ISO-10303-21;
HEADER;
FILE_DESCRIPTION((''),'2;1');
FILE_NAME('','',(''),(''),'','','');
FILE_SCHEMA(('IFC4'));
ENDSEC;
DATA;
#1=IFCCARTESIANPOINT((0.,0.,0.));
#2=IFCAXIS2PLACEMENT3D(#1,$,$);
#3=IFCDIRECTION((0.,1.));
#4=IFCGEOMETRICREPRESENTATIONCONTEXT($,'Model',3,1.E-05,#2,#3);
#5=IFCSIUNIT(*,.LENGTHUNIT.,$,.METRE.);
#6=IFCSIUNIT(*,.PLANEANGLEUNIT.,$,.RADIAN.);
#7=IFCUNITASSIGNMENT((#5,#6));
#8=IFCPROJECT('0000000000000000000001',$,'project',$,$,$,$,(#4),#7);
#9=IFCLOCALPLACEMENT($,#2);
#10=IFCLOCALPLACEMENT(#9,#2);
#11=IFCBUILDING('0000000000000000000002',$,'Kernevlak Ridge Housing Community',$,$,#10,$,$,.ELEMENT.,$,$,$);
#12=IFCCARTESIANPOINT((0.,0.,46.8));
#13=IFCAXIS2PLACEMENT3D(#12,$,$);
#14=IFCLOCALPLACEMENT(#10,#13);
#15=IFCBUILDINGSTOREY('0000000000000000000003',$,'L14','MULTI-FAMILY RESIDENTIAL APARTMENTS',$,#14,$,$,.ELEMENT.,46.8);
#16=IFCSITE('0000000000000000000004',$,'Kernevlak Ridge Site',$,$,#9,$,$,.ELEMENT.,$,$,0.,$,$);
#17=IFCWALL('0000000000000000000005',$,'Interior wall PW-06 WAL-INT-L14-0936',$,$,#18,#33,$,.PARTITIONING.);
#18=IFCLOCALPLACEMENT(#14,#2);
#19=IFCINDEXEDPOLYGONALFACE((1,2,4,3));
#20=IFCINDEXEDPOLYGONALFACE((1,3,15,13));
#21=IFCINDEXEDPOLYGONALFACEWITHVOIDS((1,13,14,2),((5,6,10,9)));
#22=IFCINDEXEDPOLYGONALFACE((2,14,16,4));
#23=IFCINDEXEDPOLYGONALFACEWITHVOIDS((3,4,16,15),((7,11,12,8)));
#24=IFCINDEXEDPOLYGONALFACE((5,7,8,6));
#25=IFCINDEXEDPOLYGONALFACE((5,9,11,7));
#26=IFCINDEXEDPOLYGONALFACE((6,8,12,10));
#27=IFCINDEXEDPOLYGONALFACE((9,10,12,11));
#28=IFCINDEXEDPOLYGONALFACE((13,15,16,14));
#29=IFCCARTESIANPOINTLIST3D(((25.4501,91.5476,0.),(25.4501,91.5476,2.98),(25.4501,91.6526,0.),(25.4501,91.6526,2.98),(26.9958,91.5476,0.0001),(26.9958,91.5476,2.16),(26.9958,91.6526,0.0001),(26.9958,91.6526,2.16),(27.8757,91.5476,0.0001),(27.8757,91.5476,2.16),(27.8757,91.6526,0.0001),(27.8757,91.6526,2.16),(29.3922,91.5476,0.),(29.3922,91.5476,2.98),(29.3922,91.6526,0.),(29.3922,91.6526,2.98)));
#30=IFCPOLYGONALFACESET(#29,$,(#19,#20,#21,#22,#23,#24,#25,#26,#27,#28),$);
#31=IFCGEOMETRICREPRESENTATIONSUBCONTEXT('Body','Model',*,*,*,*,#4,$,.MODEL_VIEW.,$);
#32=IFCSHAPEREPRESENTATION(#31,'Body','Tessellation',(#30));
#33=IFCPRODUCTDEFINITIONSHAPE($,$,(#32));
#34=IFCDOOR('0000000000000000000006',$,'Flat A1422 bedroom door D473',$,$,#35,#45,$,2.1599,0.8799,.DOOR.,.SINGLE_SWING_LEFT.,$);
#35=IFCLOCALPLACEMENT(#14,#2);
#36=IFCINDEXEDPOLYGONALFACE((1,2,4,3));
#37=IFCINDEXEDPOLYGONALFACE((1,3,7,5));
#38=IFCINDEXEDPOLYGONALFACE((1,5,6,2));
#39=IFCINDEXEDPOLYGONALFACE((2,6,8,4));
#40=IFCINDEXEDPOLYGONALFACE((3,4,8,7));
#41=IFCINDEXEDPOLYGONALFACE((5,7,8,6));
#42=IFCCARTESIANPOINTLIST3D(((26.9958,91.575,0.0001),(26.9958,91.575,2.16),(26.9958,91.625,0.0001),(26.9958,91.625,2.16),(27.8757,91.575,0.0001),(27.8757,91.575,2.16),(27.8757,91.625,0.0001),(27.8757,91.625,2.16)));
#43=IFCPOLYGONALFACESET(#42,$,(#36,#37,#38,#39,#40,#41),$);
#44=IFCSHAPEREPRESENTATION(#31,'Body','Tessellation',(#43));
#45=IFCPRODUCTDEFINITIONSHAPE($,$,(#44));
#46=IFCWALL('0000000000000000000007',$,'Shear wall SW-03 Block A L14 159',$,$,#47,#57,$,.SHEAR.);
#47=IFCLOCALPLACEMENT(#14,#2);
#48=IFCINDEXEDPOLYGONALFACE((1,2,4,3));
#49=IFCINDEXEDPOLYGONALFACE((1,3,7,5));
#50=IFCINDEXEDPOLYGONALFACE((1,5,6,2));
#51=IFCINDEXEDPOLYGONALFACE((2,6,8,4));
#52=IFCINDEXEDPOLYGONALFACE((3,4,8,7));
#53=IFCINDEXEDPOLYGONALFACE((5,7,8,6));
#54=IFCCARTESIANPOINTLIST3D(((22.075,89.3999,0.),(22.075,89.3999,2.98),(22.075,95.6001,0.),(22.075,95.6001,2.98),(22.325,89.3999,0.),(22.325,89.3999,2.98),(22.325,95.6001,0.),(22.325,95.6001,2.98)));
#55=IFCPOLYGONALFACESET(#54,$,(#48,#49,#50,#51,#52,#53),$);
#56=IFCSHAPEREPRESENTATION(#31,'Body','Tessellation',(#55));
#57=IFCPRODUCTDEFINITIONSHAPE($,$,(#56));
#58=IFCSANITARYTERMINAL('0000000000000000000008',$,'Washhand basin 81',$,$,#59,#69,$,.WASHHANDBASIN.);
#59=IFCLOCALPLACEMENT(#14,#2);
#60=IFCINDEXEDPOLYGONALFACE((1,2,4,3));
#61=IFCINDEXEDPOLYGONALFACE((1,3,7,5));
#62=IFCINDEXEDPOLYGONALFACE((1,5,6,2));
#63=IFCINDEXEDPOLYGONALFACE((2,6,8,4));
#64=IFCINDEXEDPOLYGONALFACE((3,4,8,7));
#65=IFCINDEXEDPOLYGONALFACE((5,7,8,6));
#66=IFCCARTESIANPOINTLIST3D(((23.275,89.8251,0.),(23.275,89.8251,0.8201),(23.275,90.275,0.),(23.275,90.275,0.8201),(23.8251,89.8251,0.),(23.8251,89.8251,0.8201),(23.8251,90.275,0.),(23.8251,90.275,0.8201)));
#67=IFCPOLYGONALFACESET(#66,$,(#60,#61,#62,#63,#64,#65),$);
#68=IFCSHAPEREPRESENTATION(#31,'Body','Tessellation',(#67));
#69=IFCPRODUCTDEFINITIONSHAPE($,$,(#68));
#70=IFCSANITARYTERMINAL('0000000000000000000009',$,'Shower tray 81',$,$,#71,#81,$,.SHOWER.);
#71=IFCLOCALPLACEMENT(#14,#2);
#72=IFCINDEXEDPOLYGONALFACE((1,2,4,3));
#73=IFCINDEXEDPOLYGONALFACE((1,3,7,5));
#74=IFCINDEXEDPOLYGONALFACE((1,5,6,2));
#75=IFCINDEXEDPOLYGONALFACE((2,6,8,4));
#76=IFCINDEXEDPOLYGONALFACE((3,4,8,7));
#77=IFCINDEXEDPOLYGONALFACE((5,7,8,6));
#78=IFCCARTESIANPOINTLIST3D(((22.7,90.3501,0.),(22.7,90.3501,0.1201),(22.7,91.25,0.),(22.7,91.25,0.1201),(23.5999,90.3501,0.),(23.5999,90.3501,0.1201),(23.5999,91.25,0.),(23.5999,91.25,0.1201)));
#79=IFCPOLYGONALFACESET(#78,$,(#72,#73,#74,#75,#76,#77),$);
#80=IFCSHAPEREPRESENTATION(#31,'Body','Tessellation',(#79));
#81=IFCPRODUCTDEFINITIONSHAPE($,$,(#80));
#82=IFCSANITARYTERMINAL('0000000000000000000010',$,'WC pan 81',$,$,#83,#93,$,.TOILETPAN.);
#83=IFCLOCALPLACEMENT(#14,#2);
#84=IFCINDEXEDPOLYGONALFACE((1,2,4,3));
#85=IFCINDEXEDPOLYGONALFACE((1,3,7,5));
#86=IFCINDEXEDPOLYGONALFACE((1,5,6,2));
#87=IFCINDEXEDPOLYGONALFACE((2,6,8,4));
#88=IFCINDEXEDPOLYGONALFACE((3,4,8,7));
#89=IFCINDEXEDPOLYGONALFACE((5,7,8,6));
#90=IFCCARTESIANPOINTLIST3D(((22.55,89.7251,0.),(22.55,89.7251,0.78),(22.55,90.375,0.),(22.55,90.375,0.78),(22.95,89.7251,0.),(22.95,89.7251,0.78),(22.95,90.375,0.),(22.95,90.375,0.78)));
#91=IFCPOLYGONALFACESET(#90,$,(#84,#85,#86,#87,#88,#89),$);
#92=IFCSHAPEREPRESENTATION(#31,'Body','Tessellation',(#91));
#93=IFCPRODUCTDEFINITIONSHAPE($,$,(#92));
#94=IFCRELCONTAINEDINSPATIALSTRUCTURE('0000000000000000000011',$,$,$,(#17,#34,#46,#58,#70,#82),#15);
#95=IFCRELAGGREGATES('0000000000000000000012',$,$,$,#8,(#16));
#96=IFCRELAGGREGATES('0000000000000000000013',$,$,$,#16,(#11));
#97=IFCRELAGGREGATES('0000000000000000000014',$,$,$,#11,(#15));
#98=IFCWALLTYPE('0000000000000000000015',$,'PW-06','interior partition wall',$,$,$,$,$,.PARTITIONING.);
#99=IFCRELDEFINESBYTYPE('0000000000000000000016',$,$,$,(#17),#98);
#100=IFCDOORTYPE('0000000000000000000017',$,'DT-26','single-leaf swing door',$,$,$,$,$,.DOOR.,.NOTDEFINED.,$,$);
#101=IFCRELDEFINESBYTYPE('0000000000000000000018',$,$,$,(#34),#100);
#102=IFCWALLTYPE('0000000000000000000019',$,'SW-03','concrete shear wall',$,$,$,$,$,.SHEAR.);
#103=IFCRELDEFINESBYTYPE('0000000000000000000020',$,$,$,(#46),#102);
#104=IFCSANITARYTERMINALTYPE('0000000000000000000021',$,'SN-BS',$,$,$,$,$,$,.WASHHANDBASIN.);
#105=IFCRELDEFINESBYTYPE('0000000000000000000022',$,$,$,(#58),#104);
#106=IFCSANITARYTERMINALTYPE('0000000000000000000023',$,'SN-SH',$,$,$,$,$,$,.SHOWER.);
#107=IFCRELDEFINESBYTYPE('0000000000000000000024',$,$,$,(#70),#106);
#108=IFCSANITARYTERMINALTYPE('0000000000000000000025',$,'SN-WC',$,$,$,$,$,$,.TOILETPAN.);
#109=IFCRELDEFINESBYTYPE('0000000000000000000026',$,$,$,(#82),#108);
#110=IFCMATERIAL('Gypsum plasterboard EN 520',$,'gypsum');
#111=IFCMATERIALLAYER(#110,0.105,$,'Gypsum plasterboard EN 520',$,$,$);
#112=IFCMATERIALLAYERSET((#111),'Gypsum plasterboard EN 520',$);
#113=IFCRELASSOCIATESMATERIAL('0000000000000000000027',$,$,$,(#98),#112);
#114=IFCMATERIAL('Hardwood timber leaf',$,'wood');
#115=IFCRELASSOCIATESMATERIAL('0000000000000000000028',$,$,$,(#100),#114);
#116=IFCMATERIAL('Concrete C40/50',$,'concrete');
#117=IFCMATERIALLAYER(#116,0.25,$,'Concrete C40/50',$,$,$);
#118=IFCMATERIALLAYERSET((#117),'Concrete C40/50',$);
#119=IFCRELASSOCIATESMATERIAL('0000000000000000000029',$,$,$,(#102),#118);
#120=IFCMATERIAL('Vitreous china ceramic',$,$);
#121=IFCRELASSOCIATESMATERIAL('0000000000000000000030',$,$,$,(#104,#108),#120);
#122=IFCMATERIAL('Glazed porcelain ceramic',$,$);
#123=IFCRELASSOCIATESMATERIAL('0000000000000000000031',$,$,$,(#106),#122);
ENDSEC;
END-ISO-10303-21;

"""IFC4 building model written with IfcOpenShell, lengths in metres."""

from ifc_helpers import new_model, si_unit, direction, frame, frame_2d, origin, origin_2d, place, context, subcontext, project, spatial, rectangle, extrude, material, layer, layer_set, type_object, element, fill, save


model = new_model("IFC4")

# Units and contexts
model_context = context("Model", 3, precision=1e-05, world=origin(), true_north=direction((0.0, 1.0)))
body_context = subcontext(model_context, "Body", "Model", "MODEL_VIEW")
ifc_project = project(units=[si_unit("LENGTHUNIT", "METRE"), si_unit("PLANEANGLEUNIT", "RADIAN")], contexts=[model_context])

# Site, building, storey
site_placement = place(None, origin())
site = spatial("IfcSite", under=ifc_project, at=site_placement, Name="Kernevlak Ridge Site", CompositionType="ELEMENT", RefElevation=0.0)
building_placement = place(site_placement, origin())
building = spatial("IfcBuilding", under=site, at=building_placement, Name="Kernevlak Ridge Housing Community", CompositionType="ELEMENT")
storey_placement = place(building_placement, frame((0.0, 0.0, 46.8)))
storey = spatial("IfcBuildingStorey", under=building, at=storey_placement, Name="L14", Description="MULTI-FAMILY RESIDENTIAL APARTMENTS", CompositionType="ELEMENT", Elevation=46.8)

# Shared definitions
ifc_material_1 = material(Name="Hardwood timber leaf", Category="wood")

# Shared definitions
ifc_material_2 = material(Name="Gypsum plasterboard EN 520", Category="gypsum")

# Wall, opening, door
ifc_layer_1 = layer(ifc_material_2, 0.105, Name="Gypsum plasterboard EN 520")
ifc_layer_set_1 = layer_set([ifc_layer_1], Name="Gypsum plasterboard EN 520")
wall_type_1 = type_object("IfcWallType", Name="PW-06", Description="interior partition wall", PredefinedType="PARTITIONING", material=ifc_layer_set_1)
wall_1_placement = place(storey_placement, frame((25.45, 91.6001, 0.0), z_axis=(0.0, 0.0, 1.0), x_axis=(1.0, 0.0, 0.0)))
wall_1 = element("IfcWall", 1, at=wall_1_placement, inside=storey, type_object=wall_type_1, Name="Interior wall PW-06 WAL-INT-L14-0936", PredefinedType="PARTITIONING", context=body_context, shape_type="SweptSolid", body=[
    extrude(rectangle(XDim=3.9421, YDim=0.105, at=frame_2d((1.9712, 0.0))), origin(), (0.0, 0.0, 1.0), 2.98),
])
opening_1_placement = place(wall_1_placement, frame((1.5459, 0.0, 0.0)))
opening_1 = element("IfcOpeningElement", 2, at=opening_1_placement, cuts=wall_1, PredefinedType="OPENING", context=body_context, shape_type="SweptSolid", body=[
    extrude(rectangle(XDim=0.8799, YDim=2.1599, at=frame_2d((0.4399, 1.0801))), frame((0.0, 0.0625, 0.0), z_axis=(0.0, -1.0, 0.0), x_axis=(1.0, 0.0, 0.0)), (0.0, 0.0, 1.0), 0.125),
])
door_type_1 = type_object("IfcDoorType", Name="DT-26", Description="single-leaf swing door", OperationType="NOTDEFINED", PredefinedType="DOOR", material=ifc_material_1)
door_1_placement = place(opening_1_placement, origin())
door_1 = element("IfcDoor", 3, at=door_1_placement, inside=storey, type_object=door_type_1, Name="Flat A1422 bedroom door D473", OperationType="SINGLE_SWING_LEFT", OverallHeight=2.1599, OverallWidth=0.8799, PredefinedType="DOOR", context=body_context, shape_type="SweptSolid", body=[
    extrude(rectangle(XDim=0.8799, YDim=2.1599, at=frame_2d((0.4399, 1.0801))), frame((0.0, 0.0249, 0.0), z_axis=(0.0, -1.0, 0.0), x_axis=(1.0, 0.0, 0.0)), (0.0, 0.0, 1.0), 0.05),
])
fill(opening_1, door_1)

# Wall
ifc_material_3 = material(Name="Concrete C40/50", Category="concrete")
ifc_layer_2 = layer(ifc_material_3, 0.25, Name="Concrete C40/50")
ifc_layer_set_2 = layer_set([ifc_layer_2], Name="Concrete C40/50")
wall_type_2 = type_object("IfcWallType", Name="SW-03", Description="concrete shear wall", PredefinedType="SHEAR", material=ifc_layer_set_2)
wall_2_placement = place(storey_placement, frame((22.2, 89.3999, 0.0), z_axis=(0.0, 0.0, 1.0), x_axis=(0.0, 1.0, 0.0)))
element("IfcWall", 4, at=wall_2_placement, inside=storey, type_object=wall_type_2, Name="Shear wall SW-03 Block A L14 159", PredefinedType="SHEAR", context=body_context, shape_type="SweptSolid", body=[
    extrude(rectangle(XDim=6.2002, YDim=0.25, at=frame_2d((3.1001, 0.0))), origin(), (0.0, 0.0, 1.0), 2.98),
])

# Sanitary terminals
ifc_material_4 = material(Name="Vitreous china ceramic")
sanitary_terminal_type_1 = type_object("IfcSanitaryTerminalType", Name="SN-BS", PredefinedType="WASHHANDBASIN", material=ifc_material_4)
sanitary_terminal_1_placement = place(storey_placement, frame((23.55, 90.05, 0.0), z_axis=(0.0, 0.0, 1.0), x_axis=(1.0, 0.0, 0.0)))
element("IfcSanitaryTerminal", 5, at=sanitary_terminal_1_placement, inside=storey, type_object=sanitary_terminal_type_1, Name="Washhand basin 81", PredefinedType="WASHHANDBASIN", context=body_context, shape_type="SweptSolid", body=[
    extrude(rectangle(XDim=0.55, YDim=0.45, at=origin_2d()), origin(), (0.0, 0.0, 1.0), 0.8201),
])
ifc_material_5 = material(Name="Glazed porcelain ceramic")
sanitary_terminal_type_2 = type_object("IfcSanitaryTerminalType", Name="SN-SH", PredefinedType="SHOWER", material=ifc_material_5)
sanitary_terminal_2_placement = place(storey_placement, frame((23.1499, 90.8, 0.0), z_axis=(0.0, 0.0, 1.0), x_axis=(1.0, 0.0, 0.0)))
element("IfcSanitaryTerminal", 6, at=sanitary_terminal_2_placement, inside=storey, type_object=sanitary_terminal_type_2, Name="Shower tray 81", PredefinedType="SHOWER", context=body_context, shape_type="SweptSolid", body=[
    extrude(rectangle(XDim=0.8999, YDim=0.8999, at=origin_2d()), origin(), (0.0, 0.0, 1.0), 0.1201),
])
sanitary_terminal_type_3 = type_object("IfcSanitaryTerminalType", Name="SN-WC", PredefinedType="TOILETPAN", material=ifc_material_4)
sanitary_terminal_3_placement = place(storey_placement, frame((22.75, 90.05, 0.0), z_axis=(0.0, 0.0, 1.0), x_axis=(1.0, 0.0, 0.0)))
element("IfcSanitaryTerminal", 7, at=sanitary_terminal_3_placement, inside=storey, type_object=sanitary_terminal_type_3, Name="WC pan 81", PredefinedType="TOILETPAN", context=body_context, shape_type="SweptSolid", body=[
    extrude(rectangle(XDim=0.3999, YDim=0.6499, at=origin_2d()), origin(), (0.0, 0.0, 1.0), 0.78),
])

save(model, "model.ifc")
